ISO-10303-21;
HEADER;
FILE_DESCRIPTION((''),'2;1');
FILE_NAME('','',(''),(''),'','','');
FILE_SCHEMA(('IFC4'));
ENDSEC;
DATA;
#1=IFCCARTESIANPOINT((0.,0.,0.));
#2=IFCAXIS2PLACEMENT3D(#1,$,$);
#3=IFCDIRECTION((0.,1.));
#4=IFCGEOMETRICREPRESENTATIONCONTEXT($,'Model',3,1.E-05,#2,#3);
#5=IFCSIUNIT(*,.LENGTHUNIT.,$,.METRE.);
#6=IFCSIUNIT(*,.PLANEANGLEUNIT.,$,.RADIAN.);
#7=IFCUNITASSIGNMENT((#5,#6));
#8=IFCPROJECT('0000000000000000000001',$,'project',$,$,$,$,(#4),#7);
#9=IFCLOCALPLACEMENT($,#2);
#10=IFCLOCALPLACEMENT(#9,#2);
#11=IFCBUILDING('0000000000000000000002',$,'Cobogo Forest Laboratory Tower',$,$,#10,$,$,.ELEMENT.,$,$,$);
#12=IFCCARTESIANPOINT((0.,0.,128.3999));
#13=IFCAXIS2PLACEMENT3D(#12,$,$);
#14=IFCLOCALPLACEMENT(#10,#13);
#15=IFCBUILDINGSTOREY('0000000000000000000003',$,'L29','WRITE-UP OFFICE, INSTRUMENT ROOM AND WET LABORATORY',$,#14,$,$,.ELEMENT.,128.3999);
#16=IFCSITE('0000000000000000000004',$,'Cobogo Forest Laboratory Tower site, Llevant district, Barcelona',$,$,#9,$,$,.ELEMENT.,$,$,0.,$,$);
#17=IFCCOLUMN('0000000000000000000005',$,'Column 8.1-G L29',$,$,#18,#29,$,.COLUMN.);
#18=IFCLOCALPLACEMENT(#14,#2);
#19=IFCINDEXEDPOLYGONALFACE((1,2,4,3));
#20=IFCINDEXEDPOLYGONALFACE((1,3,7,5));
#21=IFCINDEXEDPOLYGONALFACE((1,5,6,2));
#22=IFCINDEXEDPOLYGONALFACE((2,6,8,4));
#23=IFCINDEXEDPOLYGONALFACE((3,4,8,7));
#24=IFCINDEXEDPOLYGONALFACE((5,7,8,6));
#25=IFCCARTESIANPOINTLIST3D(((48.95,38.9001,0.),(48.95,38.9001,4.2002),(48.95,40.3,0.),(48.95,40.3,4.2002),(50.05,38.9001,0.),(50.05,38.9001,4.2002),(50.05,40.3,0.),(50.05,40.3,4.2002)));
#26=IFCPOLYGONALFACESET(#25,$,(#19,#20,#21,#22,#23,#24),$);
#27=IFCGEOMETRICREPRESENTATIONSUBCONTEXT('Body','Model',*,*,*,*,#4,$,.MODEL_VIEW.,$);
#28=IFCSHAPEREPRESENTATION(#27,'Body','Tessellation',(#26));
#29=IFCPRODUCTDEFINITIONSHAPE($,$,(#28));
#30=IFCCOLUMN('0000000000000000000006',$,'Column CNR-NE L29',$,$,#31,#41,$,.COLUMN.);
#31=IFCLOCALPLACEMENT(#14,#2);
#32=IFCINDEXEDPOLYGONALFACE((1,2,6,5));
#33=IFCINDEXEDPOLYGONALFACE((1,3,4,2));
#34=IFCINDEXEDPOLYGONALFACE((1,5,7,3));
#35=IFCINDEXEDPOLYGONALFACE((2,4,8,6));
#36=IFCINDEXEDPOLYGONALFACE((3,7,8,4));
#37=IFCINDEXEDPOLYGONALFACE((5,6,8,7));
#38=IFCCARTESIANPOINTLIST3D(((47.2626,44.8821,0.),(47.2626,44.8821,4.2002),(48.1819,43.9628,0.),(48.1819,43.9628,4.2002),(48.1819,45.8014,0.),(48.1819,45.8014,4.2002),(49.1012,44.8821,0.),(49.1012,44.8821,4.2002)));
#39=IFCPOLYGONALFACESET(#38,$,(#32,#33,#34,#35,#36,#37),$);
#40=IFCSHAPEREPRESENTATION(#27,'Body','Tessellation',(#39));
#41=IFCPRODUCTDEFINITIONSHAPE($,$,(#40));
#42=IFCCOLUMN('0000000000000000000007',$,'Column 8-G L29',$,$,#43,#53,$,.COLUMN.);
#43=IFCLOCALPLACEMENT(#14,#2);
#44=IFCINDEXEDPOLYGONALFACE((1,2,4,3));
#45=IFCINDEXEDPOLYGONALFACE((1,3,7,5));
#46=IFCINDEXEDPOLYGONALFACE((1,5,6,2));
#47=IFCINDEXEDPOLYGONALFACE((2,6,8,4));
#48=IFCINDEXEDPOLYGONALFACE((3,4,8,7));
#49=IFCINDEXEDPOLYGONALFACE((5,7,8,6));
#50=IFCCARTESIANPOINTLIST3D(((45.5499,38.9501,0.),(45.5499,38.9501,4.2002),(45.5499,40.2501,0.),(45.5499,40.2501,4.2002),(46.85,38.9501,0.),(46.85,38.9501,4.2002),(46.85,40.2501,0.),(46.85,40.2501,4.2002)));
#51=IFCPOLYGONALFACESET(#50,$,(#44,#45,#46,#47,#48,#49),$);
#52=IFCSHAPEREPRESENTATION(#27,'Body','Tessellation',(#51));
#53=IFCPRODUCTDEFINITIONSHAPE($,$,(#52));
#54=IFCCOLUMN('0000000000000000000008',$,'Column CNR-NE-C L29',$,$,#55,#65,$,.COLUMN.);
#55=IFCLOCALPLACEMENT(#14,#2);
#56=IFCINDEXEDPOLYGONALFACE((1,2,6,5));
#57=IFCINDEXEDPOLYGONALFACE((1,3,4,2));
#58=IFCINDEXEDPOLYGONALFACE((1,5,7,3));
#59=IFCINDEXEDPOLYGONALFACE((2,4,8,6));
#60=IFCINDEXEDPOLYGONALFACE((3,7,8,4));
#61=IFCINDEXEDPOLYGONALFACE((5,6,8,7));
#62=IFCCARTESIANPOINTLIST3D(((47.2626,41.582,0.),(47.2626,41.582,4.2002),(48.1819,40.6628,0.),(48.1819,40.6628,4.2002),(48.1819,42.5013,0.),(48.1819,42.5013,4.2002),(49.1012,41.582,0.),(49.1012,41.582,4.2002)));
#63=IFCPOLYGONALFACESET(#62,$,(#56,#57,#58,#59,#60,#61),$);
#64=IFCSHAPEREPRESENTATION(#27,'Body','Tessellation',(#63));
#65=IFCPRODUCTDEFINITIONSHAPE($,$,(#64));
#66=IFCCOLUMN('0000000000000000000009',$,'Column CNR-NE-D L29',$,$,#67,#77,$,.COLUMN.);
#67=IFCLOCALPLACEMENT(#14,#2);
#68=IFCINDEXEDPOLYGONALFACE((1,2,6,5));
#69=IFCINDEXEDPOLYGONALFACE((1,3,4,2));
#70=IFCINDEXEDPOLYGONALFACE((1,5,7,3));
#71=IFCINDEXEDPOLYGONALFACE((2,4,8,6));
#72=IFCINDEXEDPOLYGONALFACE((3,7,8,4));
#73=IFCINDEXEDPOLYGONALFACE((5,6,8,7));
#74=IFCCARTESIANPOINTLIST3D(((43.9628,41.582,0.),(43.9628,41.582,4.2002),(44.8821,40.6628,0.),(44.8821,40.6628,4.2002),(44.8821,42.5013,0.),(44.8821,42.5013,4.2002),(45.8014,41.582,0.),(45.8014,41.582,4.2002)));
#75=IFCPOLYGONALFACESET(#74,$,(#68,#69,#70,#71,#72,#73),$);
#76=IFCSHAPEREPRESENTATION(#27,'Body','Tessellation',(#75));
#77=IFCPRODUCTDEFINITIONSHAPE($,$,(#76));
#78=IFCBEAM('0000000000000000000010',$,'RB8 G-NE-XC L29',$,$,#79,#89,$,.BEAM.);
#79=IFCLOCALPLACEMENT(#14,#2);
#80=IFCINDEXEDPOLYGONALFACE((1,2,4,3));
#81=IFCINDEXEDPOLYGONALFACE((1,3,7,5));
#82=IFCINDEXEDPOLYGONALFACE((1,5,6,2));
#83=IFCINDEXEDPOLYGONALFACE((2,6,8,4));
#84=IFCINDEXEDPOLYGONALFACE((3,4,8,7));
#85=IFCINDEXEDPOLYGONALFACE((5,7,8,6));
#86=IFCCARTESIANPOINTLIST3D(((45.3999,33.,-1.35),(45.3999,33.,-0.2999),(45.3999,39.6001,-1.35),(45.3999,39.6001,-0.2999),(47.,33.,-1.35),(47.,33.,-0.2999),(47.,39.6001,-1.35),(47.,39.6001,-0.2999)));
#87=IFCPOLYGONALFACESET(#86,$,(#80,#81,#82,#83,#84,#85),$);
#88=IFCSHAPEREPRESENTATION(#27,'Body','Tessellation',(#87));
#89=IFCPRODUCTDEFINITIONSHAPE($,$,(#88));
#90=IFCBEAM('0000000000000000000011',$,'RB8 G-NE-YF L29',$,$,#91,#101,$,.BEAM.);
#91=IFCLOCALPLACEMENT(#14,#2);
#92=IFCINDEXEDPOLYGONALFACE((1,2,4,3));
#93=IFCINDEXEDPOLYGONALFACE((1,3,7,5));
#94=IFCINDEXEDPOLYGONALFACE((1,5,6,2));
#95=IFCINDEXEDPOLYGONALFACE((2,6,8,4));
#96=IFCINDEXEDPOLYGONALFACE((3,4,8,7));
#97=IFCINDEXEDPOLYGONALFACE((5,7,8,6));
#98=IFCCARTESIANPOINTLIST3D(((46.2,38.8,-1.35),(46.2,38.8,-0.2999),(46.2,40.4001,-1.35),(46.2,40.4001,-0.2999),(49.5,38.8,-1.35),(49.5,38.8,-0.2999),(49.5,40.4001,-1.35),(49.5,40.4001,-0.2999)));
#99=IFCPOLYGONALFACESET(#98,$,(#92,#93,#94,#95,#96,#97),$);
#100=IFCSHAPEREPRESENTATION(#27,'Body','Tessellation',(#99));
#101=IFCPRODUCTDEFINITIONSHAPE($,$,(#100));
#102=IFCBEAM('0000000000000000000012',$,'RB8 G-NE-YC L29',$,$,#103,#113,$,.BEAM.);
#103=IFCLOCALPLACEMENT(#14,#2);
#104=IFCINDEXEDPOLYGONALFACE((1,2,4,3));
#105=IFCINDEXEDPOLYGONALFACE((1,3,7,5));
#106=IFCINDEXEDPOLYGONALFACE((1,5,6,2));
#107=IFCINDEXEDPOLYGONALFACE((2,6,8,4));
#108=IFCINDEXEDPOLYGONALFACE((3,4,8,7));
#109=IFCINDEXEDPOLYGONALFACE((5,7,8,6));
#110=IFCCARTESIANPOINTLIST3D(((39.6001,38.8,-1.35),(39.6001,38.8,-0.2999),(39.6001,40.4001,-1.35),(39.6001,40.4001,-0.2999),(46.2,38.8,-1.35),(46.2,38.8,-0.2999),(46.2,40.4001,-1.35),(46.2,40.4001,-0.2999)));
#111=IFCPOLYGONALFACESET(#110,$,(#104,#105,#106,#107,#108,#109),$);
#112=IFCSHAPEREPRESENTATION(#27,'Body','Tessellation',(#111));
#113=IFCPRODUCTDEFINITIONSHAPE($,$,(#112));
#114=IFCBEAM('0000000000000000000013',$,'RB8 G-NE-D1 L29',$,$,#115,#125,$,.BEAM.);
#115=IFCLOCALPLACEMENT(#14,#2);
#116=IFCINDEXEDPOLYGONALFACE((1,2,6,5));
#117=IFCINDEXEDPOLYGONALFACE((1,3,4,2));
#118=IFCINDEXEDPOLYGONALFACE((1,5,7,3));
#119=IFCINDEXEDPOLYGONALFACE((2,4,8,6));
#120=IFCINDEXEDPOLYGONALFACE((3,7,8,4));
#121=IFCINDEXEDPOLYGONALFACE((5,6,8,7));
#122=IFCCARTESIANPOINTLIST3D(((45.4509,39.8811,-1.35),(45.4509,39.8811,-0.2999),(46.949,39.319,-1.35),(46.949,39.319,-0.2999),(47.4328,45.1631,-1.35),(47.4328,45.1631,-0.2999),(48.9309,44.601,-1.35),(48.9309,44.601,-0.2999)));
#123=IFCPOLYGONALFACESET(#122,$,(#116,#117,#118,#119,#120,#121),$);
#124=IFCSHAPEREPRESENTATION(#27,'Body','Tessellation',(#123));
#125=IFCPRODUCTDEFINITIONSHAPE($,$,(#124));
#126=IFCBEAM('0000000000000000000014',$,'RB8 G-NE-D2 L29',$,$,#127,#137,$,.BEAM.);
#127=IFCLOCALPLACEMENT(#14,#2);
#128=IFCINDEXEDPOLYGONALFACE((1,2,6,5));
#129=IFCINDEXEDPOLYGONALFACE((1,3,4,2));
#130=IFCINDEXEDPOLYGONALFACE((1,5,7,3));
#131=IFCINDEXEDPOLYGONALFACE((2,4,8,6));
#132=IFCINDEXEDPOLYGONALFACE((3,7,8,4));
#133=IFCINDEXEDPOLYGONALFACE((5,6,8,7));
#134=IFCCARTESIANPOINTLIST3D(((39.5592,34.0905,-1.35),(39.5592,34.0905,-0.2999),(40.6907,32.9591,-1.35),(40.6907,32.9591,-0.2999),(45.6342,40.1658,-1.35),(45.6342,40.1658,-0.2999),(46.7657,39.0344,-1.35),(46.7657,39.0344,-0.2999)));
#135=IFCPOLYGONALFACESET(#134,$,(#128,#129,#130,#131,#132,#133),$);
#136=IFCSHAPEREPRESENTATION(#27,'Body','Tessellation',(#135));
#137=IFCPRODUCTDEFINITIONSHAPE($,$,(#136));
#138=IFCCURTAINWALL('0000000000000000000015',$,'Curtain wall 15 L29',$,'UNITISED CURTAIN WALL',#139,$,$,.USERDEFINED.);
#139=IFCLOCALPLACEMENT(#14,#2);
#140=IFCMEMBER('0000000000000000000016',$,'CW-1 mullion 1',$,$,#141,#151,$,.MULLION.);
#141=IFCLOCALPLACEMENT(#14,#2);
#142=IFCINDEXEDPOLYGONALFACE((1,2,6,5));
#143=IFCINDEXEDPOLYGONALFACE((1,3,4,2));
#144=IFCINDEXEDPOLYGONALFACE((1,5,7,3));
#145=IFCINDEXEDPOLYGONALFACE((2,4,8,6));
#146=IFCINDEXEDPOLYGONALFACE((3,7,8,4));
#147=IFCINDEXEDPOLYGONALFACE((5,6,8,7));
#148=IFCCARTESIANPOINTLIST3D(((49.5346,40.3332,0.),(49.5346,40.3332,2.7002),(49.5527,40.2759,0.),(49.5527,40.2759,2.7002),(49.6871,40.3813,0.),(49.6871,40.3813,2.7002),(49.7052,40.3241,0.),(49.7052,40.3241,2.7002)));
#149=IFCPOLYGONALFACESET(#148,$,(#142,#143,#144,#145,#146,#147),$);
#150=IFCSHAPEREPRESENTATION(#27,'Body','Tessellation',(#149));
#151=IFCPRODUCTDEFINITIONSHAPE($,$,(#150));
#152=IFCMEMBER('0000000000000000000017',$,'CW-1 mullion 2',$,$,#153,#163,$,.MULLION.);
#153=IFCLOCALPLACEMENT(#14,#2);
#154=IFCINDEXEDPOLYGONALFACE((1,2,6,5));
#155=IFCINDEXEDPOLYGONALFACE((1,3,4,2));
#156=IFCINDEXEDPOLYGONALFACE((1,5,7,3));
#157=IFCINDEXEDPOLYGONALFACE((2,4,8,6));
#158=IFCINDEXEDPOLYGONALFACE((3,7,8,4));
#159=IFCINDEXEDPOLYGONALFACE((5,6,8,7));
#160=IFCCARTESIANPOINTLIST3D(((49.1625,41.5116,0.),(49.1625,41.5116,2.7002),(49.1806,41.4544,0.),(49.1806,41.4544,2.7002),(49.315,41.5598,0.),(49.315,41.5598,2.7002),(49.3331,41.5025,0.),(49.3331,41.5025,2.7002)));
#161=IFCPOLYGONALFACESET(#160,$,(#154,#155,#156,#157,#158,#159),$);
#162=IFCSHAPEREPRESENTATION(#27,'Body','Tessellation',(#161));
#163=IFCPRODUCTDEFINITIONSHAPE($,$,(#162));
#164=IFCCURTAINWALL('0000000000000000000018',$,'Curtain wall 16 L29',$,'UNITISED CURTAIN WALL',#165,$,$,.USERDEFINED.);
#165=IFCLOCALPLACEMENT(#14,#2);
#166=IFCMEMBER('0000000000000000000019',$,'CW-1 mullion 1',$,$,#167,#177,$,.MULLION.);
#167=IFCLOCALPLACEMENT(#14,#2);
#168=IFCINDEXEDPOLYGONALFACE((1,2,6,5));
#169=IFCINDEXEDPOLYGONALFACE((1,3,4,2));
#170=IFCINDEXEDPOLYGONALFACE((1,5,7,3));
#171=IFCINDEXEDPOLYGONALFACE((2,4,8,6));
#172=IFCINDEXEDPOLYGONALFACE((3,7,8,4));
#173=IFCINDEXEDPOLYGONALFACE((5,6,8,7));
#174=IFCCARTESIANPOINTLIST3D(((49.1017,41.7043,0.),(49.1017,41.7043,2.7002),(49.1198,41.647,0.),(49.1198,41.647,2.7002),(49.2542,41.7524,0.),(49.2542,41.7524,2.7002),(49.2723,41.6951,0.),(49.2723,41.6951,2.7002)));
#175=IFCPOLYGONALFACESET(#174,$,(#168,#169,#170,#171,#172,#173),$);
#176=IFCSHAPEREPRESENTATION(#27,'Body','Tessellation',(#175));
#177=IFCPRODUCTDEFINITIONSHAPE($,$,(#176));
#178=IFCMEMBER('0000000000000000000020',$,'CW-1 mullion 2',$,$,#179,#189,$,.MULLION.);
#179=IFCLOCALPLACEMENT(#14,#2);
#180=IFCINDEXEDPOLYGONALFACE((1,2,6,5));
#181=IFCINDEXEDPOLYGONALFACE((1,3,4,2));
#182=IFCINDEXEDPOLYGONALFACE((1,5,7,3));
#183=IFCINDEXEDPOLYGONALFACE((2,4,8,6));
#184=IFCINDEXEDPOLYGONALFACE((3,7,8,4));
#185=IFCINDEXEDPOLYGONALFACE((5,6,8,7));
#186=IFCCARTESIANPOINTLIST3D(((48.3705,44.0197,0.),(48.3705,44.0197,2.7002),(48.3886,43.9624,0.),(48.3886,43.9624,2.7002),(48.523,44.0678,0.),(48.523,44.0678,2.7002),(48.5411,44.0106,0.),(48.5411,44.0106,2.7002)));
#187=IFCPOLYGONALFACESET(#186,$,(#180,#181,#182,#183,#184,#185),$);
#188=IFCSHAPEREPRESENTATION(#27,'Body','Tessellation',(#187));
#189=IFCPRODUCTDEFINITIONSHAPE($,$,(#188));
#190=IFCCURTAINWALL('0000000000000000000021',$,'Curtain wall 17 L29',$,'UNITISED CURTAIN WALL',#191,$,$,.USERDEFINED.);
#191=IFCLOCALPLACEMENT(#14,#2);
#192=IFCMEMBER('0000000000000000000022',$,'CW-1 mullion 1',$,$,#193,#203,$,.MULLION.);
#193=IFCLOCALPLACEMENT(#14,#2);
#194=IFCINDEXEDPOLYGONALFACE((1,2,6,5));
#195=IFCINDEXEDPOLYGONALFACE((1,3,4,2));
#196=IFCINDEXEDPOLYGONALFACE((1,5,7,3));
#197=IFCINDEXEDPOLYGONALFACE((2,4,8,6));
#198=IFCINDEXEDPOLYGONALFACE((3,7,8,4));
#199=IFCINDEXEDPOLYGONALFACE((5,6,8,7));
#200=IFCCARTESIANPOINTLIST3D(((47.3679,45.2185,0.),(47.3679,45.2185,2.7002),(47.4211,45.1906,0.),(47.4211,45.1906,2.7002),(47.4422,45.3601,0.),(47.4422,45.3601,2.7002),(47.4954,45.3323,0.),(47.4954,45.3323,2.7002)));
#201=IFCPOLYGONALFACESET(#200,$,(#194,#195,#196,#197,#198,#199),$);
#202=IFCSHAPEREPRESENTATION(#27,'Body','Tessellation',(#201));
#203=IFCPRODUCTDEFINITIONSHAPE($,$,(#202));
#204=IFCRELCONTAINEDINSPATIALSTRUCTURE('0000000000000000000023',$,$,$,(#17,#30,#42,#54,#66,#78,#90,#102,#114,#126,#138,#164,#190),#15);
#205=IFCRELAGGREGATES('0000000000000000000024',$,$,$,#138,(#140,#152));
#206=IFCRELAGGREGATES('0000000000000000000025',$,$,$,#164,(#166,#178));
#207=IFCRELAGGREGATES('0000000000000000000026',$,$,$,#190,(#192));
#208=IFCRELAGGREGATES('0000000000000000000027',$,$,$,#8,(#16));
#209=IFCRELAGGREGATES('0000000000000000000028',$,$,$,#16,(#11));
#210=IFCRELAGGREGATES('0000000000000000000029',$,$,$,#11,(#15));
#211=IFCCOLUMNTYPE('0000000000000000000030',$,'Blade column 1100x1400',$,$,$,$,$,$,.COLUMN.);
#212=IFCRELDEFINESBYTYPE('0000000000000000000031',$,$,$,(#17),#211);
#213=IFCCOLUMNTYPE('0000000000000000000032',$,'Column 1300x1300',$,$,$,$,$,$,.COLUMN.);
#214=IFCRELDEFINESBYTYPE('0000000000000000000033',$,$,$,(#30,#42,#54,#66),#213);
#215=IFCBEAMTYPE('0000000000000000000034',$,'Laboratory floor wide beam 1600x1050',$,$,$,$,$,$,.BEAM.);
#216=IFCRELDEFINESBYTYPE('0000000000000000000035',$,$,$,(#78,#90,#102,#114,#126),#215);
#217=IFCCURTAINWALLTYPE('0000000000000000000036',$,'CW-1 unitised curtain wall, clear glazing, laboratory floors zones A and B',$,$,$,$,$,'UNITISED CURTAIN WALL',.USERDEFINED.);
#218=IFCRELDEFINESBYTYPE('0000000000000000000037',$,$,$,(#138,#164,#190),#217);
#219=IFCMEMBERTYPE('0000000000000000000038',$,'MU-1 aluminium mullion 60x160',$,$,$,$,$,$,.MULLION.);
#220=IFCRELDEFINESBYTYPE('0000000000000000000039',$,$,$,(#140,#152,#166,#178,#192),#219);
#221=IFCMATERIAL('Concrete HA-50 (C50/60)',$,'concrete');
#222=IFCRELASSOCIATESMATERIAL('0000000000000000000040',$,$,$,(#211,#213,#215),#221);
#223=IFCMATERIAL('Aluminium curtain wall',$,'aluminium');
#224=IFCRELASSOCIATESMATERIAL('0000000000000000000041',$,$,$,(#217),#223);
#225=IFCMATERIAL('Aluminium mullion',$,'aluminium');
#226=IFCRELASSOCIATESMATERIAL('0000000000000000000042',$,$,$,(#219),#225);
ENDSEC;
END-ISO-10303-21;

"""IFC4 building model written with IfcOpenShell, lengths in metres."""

from ifc_helpers import new_model, si_unit, direction, frame, origin, origin_2d, place, context, subcontext, project, spatial, rectangle, extrude, material, material_profile, profile_set, type_object, element, aggregate, save


model = new_model("IFC4")

# Units and contexts
model_context = context("Model", 3, precision=1e-05, world=origin(), true_north=direction((0.0, 1.0)))
body_context = subcontext(model_context, "Body", "Model", "MODEL_VIEW")
ifc_project = project(units=[si_unit("LENGTHUNIT", "METRE"), si_unit("PLANEANGLEUNIT", "RADIAN")], contexts=[model_context])

# Site, building, storey
site_placement = place(None, origin())
site = spatial("IfcSite", under=ifc_project, at=site_placement, Name="Cobogo Forest Laboratory Tower site, Llevant district, Barcelona", CompositionType="ELEMENT", RefElevation=0.0)
building_placement = place(site_placement, origin())
building = spatial("IfcBuilding", under=site, at=building_placement, Name="Cobogo Forest Laboratory Tower", CompositionType="ELEMENT")
storey_placement = place(building_placement, frame((0.0, 0.0, 128.3999)))
storey = spatial("IfcBuildingStorey", under=building, at=storey_placement, Name="L29", Description="WRITE-UP OFFICE, INSTRUMENT ROOM AND WET LABORATORY", CompositionType="ELEMENT", Elevation=128.3999)

# Columns
ifc_material_1 = material(Name="Concrete HA-50 (C50/60)", Category="concrete")
ifc_material_profile_1 = material_profile(ifc_material_1, rectangle(XDim=1.3999, YDim=1.1001, at=origin_2d()), Name="RC 1100x1400")
ifc_profile_set_1 = profile_set([ifc_material_profile_1], Name="Concrete HA-50 (C50/60)")
column_type_1 = type_object("IfcColumnType", Name="Blade column 1100x1400", PredefinedType="COLUMN", material=ifc_profile_set_1)
column_placement = place(storey_placement, frame((49.5, 39.6001, 0.0), z_axis=(0.0, 0.0, 1.0), x_axis=(0.0, 1.0, 0.0)))
element("IfcColumn", 1, at=column_placement, inside=storey, type_object=column_type_1, Name="Column 8.1-G L29", PredefinedType="COLUMN", context=body_context, shape_type="SweptSolid", body=[
    extrude(rectangle(XDim=1.3999, YDim=1.1001, at=origin_2d()), origin(), (0.0, 0.0, 1.0), 4.2002),
])
ifc_material_profile_2 = material_profile(ifc_material_1, rectangle(XDim=1.3, YDim=1.3, at=origin_2d()), Name="RC 1300x1300")
ifc_profile_set_2 = profile_set([ifc_material_profile_2], Name="Concrete HA-50 (C50/60)")
column_type_2 = type_object("IfcColumnType", Name="Column 1300x1300", PredefinedType="COLUMN", material=ifc_profile_set_2)
for number, where, z_axis, x_axis, name in (
    (2, (48.1819, 44.8821, 0.0), (0.0, 0.0, 1.0), (0.707107, 0.707107, 0.0), "Column CNR-NE L29"),
    (3, (46.2, 39.6001, 0.0), (0.0, 0.0, 1.0), (1.0, 0.0, 0.0), "Column 8-G L29"),
    (4, (48.1819, 41.582, 0.0), (0.0, 0.0, 1.0), (0.707107, 0.707107, 0.0), "Column CNR-NE-C L29"),
    (5, (44.8821, 41.582, 0.0), (0.0, 0.0, 1.0), (0.707107, 0.707107, 0.0), "Column CNR-NE-D L29"),
):
    element("IfcColumn", number, at=place(storey_placement, frame(where, z_axis=z_axis, x_axis=x_axis)), inside=storey, type_object=column_type_2, Name=name, PredefinedType="COLUMN", context=body_context, shape_type="SweptSolid", body=[
        extrude(rectangle(XDim=1.3, YDim=1.3, at=origin_2d()), origin(), (0.0, 0.0, 1.0), 4.2002),
    ])

# Beams
ifc_material_profile_3 = material_profile(ifc_material_1, rectangle(XDim=1.6001, YDim=1.05, at=origin_2d()), Name="RC 1600x1050")
ifc_profile_set_3 = profile_set([ifc_material_profile_3], Name="Concrete HA-50 (C50/60)")
beam_type_1 = type_object("IfcBeamType", Name="Laboratory floor wide beam 1600x1050", PredefinedType="BEAM", material=ifc_profile_set_3)
beam_1_placement = place(storey_placement, frame((46.2, 39.6001, -0.825), z_axis=(0.0, -1.0, 0.0), x_axis=(1.0, 0.0, 0.0)))
element("IfcBeam", 6, at=beam_1_placement, inside=storey, type_object=beam_type_1, Name="RB8 G-NE-XC L29", PredefinedType="BEAM", context=body_context, shape_type="SweptSolid", body=[
    extrude(rectangle(XDim=1.6001, YDim=1.05, at=origin_2d()), origin(), (0.0, 0.0, 1.0), 6.6001),
])
beam_2_placement = place(storey_placement, frame((49.5, 39.6001, -0.825), z_axis=(-1.0, 0.0, 0.0), x_axis=(0.0, -1.0, 0.0)))
element("IfcBeam", 7, at=beam_2_placement, inside=storey, type_object=beam_type_1, Name="RB8 G-NE-YF L29", PredefinedType="BEAM", context=body_context, shape_type="SweptSolid", body=[
    extrude(rectangle(XDim=1.6001, YDim=1.05, at=origin_2d()), origin(), (0.0, 0.0, 1.0), 3.3),
])
beam_3_placement = place(storey_placement, frame((46.2, 39.6001, -0.825), z_axis=(-1.0, 0.0, 0.0), x_axis=(0.0, -1.0, 0.0)))
element("IfcBeam", 8, at=beam_3_placement, inside=storey, type_object=beam_type_1, Name="RB8 G-NE-YC L29", PredefinedType="BEAM", context=body_context, shape_type="SweptSolid", body=[
    extrude(rectangle(XDim=1.6001, YDim=1.05, at=origin_2d()), origin(), (0.0, 0.0, 1.0), 6.5999),
])
beam_4_placement = place(storey_placement, frame((48.1819, 44.8821, -0.825), z_axis=(-0.351308, -0.93626, 0.0), x_axis=(0.93626, -0.351308, 0.0)))
element("IfcBeam", 9, at=beam_4_placement, inside=storey, type_object=beam_type_1, Name="RB8 G-NE-D1 L29", PredefinedType="BEAM", context=body_context, shape_type="SweptSolid", body=[
    extrude(rectangle(XDim=1.6001, YDim=1.05, at=origin_2d()), origin(), (0.0, 0.0, 1.0), 5.6416),
])
beam_5_placement = place(storey_placement, frame((46.2, 39.6001, -0.825), z_axis=(-0.707093, -0.707121, 0.0), x_axis=(0.707121, -0.707093, 0.0)))
element("IfcBeam", 10, at=beam_5_placement, inside=storey, type_object=beam_type_1, Name="RB8 G-NE-D2 L29", PredefinedType="BEAM", context=body_context, shape_type="SweptSolid", body=[
    extrude(rectangle(XDim=1.6001, YDim=1.05, at=origin_2d()), origin(), (0.0, 0.0, 1.0), 8.5916),
])

# Curtain walls, members
ifc_material_2 = material(Name="Aluminium curtain wall", Category="aluminium")
curtain_wall_type = type_object("IfcCurtainWallType", Name="CW-1 unitised curtain wall, clear glazing, laboratory floors zones A and B", ElementType="UNITISED CURTAIN WALL", PredefinedType="USERDEFINED", material=ifc_material_2)
curtain_wall_1_placement = place(storey_placement, origin())
curtain_wall_1 = element("IfcCurtainWall", 11, at=curtain_wall_1_placement, inside=storey, type_object=curtain_wall_type, Name="Curtain wall 15 L29", ObjectType="UNITISED CURTAIN WALL", PredefinedType="USERDEFINED")
ifc_material_3 = material(Name="Aluminium mullion", Category="aluminium")
ifc_material_profile_4 = material_profile(ifc_material_3, rectangle(XDim=0.0601, YDim=0.1599, at=origin_2d()), Name="AL 60x160")
ifc_profile_set_4 = profile_set([ifc_material_profile_4], Name="Aluminium mullion")
member_type_1 = type_object("IfcMemberType", Name="MU-1 aluminium mullion 60x160", PredefinedType="MULLION", material=ifc_profile_set_4)
member_1_placement = place(storey_placement, frame((49.6199, 40.3286, 0.0), z_axis=(0.0, 0.0, 1.0), x_axis=(-0.301135, 0.953581, 0.0)))
member_1 = element("IfcMember", 12, at=member_1_placement, type_object=member_type_1, Name="CW-1 mullion 1", PredefinedType="MULLION", context=body_context, shape_type="SweptSolid", body=[
    extrude(rectangle(XDim=0.0601, YDim=0.1599, at=origin_2d()), origin(), (0.0, 0.0, 1.0), 2.7002),
])
member_2_placement = place(storey_placement, frame((49.2478, 41.5071, 0.0), z_axis=(0.0, 0.0, 1.0), x_axis=(-0.301135, 0.953581, 0.0)))
member_2 = element("IfcMember", 13, at=member_2_placement, type_object=member_type_1, Name="CW-1 mullion 2", PredefinedType="MULLION", context=body_context, shape_type="SweptSolid", body=[
    extrude(rectangle(XDim=0.0601, YDim=0.1599, at=origin_2d()), origin(), (0.0, 0.0, 1.0), 2.7002),
])
curtain_wall_2_placement = place(storey_placement, origin())
curtain_wall_2 = element("IfcCurtainWall", 14, at=curtain_wall_2_placement, inside=storey, type_object=curtain_wall_type, Name="Curtain wall 16 L29", ObjectType="UNITISED CURTAIN WALL", PredefinedType="USERDEFINED")
member_3_placement = place(storey_placement, frame((49.187, 41.6997, 0.0), z_axis=(0.0, 0.0, 1.0), x_axis=(-0.301135, 0.953581, 0.0)))
member_3 = element("IfcMember", 15, at=member_3_placement, type_object=member_type_1, Name="CW-1 mullion 1", PredefinedType="MULLION", context=body_context, shape_type="SweptSolid", body=[
    extrude(rectangle(XDim=0.0601, YDim=0.1599, at=origin_2d()), origin(), (0.0, 0.0, 1.0), 2.7002),
])
member_4_placement = place(storey_placement, frame((48.4558, 44.0151, 0.0), z_axis=(0.0, 0.0, 1.0), x_axis=(-0.301135, 0.953581, 0.0)))
member_4 = element("IfcMember", 16, at=member_4_placement, type_object=member_type_1, Name="CW-1 mullion 2", PredefinedType="MULLION", context=body_context, shape_type="SweptSolid", body=[
    extrude(rectangle(XDim=0.0601, YDim=0.1599, at=origin_2d()), origin(), (0.0, 0.0, 1.0), 2.7002),
])
curtain_wall_3_placement = place(storey_placement, origin())
curtain_wall_3 = element("IfcCurtainWall", 17, at=curtain_wall_3_placement, inside=storey, type_object=curtain_wall_type, Name="Curtain wall 17 L29", ObjectType="UNITISED CURTAIN WALL", PredefinedType="USERDEFINED")
member_5_placement = place(storey_placement, frame((47.4316, 45.2754, 0.0), z_axis=(0.0, 0.0, 1.0), x_axis=(-0.885687, 0.464284, 0.0)))
member_5 = element("IfcMember", 18, at=member_5_placement, type_object=member_type_1, Name="CW-1 mullion 1", PredefinedType="MULLION", context=body_context, shape_type="SweptSolid", body=[
    extrude(rectangle(XDim=0.0601, YDim=0.1599, at=origin_2d()), origin(), (0.0, 0.0, 1.0), 2.7002),
])

aggregate(curtain_wall_1, [member_1, member_2])
aggregate(curtain_wall_2, [member_3, member_4])
aggregate(curtain_wall_3, [member_5])

save(model, "model.ifc")
